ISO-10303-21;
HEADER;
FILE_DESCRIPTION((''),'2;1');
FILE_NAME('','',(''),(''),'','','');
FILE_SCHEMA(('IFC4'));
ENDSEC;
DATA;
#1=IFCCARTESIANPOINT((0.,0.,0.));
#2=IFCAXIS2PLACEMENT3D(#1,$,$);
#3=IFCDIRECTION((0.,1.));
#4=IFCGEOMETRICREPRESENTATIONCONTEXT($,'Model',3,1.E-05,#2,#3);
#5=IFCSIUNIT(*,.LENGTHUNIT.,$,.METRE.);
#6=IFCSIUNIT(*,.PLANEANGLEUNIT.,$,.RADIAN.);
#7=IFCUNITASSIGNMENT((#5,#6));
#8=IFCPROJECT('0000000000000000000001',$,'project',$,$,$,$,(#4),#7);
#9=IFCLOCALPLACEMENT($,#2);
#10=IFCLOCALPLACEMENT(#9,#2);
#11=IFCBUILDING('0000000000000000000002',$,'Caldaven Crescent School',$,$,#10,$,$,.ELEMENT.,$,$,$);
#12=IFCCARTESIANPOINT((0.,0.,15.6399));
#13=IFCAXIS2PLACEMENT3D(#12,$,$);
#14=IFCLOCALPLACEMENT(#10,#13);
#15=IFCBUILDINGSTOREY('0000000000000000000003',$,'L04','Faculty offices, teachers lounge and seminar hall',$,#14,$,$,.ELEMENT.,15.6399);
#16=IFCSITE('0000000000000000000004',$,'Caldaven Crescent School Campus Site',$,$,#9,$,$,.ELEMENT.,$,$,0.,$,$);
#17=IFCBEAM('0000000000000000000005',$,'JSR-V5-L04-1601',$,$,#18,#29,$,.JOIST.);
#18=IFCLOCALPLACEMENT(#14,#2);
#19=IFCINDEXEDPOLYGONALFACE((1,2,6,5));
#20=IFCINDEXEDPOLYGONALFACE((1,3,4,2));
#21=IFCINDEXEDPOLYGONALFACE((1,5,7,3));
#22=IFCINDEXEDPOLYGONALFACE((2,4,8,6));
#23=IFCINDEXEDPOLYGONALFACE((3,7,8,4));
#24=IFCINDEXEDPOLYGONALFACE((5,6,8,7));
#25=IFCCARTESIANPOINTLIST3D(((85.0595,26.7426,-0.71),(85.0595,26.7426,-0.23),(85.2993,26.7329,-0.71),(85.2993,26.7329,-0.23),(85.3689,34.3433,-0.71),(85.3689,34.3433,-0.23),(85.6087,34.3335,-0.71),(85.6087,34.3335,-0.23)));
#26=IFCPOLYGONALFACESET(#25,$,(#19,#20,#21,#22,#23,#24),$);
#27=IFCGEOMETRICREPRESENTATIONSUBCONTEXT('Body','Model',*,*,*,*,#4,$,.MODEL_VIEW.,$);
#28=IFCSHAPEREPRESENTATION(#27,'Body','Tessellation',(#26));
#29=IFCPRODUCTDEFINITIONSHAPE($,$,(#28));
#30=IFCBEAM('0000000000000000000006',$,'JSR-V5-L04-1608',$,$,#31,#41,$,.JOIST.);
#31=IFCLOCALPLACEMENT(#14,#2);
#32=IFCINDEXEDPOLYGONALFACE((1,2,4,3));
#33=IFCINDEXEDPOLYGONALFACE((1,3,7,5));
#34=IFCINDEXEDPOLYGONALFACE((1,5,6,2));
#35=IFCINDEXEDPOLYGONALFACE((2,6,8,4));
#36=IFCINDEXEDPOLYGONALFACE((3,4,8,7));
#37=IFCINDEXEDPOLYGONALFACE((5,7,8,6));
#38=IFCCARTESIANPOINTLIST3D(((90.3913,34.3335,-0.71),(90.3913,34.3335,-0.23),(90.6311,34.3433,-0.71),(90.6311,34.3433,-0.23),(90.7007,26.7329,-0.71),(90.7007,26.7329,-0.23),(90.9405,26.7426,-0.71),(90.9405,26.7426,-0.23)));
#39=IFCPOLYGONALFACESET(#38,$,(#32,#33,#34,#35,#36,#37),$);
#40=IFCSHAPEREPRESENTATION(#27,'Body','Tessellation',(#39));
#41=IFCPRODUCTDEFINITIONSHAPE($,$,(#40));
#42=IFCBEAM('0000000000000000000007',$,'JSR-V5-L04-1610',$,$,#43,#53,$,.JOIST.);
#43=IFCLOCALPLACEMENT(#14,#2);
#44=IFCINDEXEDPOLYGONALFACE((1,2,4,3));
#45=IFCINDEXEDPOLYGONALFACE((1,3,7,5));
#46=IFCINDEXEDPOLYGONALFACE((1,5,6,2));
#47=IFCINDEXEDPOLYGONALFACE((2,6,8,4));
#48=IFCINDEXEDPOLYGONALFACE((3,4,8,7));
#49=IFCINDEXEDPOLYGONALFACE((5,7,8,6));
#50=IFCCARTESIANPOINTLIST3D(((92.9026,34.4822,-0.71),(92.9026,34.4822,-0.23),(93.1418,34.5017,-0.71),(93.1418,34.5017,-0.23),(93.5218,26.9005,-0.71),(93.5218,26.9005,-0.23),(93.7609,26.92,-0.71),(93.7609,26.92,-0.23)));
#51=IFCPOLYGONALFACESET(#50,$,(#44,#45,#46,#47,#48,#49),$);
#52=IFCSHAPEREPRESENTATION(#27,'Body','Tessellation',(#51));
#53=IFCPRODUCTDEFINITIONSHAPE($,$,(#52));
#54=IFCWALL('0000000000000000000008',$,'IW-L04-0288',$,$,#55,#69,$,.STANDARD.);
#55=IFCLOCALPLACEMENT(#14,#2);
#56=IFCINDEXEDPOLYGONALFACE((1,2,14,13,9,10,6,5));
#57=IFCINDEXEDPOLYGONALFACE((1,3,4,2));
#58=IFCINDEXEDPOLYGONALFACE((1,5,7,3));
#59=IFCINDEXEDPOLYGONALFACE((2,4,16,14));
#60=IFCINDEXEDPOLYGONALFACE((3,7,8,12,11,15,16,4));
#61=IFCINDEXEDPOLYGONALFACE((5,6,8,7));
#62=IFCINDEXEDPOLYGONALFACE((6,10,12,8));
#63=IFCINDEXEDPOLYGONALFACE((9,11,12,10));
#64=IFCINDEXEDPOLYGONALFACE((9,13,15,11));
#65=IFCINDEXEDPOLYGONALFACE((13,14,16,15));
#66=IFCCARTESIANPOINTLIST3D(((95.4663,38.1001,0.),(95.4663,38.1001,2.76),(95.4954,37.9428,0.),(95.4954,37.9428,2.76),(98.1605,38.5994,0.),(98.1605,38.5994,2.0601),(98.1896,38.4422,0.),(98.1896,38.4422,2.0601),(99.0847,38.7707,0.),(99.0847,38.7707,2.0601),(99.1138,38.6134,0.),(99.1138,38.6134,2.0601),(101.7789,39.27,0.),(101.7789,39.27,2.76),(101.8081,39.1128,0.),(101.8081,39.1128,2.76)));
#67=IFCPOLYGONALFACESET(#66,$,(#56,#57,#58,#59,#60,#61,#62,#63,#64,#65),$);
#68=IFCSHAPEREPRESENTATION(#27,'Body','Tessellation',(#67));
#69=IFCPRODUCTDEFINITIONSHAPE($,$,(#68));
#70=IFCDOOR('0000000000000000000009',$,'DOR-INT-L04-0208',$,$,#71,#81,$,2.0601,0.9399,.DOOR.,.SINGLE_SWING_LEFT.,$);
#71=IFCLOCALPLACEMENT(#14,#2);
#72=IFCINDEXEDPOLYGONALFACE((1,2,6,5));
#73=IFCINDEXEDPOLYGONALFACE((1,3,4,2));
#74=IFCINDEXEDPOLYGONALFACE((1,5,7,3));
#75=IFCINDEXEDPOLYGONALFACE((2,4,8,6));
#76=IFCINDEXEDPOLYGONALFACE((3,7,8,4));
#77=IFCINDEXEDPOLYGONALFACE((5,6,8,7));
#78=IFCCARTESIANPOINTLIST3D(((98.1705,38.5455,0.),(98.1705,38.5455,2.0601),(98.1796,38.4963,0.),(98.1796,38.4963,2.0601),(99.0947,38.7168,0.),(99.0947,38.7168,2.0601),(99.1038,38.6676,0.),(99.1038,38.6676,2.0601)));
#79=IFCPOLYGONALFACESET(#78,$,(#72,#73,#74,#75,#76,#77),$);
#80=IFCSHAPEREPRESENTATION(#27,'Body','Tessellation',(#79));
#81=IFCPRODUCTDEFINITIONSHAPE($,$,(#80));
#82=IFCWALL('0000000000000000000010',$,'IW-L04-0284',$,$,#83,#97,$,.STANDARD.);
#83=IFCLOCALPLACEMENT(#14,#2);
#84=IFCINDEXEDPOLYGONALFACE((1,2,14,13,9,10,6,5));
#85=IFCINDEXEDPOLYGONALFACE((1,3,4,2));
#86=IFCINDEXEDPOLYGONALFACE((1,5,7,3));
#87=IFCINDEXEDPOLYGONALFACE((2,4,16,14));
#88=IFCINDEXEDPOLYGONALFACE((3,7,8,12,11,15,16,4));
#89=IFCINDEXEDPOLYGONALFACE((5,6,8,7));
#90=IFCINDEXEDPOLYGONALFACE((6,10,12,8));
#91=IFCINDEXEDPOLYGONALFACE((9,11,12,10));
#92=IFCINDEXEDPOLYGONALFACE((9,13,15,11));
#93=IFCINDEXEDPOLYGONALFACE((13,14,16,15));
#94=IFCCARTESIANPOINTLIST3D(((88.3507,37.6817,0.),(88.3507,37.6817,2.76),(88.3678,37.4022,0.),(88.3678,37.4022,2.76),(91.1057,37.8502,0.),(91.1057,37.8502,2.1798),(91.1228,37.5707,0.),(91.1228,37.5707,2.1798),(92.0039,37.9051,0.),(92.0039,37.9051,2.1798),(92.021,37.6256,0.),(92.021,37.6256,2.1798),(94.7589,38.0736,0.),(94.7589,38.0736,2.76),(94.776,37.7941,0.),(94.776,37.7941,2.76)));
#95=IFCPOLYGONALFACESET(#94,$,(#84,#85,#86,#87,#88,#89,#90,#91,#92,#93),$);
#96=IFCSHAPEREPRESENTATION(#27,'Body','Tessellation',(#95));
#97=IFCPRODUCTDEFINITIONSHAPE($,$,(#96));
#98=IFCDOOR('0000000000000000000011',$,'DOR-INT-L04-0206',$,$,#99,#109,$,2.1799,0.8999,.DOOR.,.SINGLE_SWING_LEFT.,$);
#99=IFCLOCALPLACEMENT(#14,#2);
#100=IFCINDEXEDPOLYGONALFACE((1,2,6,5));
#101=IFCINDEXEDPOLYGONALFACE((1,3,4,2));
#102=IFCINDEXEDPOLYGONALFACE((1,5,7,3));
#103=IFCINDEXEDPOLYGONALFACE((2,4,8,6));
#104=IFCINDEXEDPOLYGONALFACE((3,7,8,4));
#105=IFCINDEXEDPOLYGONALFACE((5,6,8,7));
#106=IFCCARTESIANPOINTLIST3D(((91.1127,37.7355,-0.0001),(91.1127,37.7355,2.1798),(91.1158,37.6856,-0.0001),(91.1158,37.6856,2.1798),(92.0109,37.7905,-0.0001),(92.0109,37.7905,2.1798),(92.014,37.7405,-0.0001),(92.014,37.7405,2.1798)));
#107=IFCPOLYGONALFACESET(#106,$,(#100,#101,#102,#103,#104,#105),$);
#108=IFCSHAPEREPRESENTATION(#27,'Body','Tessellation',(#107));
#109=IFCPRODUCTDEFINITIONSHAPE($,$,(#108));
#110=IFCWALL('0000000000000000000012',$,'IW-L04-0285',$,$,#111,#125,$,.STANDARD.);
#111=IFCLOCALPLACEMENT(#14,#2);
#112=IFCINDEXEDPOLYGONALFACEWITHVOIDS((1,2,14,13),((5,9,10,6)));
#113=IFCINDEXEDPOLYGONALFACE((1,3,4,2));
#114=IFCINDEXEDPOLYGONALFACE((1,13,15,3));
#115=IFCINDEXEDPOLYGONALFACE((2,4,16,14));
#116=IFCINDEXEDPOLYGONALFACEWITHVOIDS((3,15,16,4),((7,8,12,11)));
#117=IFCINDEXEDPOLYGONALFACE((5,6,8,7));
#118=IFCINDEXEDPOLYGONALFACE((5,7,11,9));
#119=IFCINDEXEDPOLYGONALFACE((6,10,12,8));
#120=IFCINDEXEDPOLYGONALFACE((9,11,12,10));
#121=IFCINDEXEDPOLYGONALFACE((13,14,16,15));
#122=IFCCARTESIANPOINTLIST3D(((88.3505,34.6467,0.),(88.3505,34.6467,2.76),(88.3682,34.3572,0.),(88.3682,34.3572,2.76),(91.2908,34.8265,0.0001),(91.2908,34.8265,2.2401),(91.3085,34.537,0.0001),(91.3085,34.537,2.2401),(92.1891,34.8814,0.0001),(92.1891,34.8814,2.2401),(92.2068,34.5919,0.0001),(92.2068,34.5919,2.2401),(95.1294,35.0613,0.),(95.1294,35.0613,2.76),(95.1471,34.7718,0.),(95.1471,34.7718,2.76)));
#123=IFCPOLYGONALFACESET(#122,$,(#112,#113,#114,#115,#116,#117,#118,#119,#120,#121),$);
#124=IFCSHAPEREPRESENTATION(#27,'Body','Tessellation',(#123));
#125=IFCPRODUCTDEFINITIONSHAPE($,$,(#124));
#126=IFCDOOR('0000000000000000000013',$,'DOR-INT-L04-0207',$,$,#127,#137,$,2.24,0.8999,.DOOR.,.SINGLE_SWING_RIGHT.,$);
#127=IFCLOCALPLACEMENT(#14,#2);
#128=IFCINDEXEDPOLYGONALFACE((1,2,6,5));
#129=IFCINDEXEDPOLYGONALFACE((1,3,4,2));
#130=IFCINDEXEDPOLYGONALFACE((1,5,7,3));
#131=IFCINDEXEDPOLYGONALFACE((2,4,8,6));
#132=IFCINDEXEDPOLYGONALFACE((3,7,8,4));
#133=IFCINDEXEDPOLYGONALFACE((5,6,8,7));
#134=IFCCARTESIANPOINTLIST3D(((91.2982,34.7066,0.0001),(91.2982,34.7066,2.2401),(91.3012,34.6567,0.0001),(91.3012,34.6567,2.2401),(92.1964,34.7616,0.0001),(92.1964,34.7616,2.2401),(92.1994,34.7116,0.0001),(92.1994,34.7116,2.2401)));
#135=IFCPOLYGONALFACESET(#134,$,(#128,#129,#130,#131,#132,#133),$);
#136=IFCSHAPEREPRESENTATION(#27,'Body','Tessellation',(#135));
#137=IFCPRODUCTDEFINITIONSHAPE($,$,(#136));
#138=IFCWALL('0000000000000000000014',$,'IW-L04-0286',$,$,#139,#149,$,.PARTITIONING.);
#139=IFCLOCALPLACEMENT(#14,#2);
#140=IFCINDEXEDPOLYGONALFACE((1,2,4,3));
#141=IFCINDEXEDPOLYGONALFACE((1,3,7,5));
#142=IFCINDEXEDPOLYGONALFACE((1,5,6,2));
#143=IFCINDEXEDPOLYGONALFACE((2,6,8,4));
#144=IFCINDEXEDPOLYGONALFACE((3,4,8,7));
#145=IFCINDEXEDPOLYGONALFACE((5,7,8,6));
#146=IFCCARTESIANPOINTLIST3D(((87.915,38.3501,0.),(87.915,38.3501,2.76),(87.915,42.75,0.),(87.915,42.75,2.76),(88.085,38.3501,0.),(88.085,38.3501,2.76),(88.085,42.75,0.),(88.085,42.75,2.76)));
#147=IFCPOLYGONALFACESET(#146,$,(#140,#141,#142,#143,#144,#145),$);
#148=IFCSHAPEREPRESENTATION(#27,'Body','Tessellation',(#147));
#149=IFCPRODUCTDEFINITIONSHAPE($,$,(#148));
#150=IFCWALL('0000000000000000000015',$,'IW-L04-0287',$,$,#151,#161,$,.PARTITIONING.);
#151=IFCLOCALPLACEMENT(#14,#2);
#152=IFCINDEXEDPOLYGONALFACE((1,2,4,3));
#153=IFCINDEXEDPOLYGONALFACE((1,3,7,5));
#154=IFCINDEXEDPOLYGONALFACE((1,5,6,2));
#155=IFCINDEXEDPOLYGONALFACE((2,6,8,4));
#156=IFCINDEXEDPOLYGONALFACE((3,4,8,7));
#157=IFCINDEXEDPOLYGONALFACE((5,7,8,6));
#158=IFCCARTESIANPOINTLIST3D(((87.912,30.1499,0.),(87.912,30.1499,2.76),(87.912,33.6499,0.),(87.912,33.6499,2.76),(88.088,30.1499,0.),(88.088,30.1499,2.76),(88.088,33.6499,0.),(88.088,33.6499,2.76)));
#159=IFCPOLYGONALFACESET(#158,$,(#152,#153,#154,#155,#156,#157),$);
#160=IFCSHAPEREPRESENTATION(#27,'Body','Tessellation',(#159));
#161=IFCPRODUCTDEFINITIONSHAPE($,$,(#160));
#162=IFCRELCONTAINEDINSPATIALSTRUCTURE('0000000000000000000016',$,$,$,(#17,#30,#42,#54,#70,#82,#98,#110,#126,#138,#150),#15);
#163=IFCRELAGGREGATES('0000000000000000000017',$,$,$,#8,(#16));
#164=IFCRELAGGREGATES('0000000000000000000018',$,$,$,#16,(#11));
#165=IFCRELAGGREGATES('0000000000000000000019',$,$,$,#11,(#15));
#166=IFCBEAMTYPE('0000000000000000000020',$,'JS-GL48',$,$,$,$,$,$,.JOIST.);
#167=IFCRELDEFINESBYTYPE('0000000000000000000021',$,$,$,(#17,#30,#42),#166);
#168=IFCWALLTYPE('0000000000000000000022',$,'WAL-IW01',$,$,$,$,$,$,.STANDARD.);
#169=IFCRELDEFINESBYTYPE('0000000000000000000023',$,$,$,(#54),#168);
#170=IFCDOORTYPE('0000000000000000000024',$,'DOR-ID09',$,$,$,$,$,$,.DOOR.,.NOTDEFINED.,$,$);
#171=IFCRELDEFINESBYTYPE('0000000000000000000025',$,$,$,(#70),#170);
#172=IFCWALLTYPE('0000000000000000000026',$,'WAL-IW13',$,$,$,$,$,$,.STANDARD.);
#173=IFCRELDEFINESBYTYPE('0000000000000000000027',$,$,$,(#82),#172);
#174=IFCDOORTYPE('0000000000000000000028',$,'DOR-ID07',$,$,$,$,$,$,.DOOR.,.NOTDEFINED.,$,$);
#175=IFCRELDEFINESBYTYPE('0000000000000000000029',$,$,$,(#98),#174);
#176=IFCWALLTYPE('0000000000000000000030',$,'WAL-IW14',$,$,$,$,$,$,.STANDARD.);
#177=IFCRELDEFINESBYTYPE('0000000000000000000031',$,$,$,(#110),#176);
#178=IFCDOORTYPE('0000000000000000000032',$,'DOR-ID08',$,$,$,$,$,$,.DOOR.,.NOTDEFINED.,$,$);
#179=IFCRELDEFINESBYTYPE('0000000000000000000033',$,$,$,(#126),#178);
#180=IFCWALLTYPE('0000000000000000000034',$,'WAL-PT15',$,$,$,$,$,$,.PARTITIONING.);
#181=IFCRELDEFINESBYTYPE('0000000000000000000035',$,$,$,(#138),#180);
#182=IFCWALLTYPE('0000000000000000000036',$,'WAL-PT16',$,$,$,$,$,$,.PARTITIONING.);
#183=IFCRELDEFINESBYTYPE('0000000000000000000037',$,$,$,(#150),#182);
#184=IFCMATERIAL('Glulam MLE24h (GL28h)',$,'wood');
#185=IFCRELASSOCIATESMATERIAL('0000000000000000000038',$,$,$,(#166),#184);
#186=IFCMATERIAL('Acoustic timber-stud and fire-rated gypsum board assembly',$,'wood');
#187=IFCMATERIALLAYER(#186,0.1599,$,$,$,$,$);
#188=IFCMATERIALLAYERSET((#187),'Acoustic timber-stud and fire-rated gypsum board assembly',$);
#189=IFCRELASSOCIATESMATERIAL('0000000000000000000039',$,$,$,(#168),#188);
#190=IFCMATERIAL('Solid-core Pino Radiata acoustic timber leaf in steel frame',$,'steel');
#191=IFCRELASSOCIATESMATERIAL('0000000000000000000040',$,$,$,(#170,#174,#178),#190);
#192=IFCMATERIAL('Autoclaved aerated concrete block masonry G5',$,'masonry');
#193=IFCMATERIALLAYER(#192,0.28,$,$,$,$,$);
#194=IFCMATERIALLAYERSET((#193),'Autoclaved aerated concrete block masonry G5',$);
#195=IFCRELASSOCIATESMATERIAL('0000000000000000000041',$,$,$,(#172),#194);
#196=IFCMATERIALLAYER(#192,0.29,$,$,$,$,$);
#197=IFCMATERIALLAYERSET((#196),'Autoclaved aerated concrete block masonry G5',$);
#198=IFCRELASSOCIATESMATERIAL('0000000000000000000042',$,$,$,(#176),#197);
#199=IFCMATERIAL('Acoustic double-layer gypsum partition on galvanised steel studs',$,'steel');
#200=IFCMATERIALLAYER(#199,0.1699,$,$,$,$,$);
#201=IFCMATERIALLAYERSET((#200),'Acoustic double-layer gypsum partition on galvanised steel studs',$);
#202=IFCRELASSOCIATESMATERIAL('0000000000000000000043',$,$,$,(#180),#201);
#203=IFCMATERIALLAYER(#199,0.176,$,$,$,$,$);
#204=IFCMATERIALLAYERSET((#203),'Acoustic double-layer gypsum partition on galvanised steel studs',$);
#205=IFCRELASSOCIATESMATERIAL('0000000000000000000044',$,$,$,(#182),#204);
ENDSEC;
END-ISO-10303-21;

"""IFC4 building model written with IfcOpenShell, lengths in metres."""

from ifc_helpers import new_model, si_unit, direction, frame, frame_2d, origin, origin_2d, place, context, subcontext, project, spatial, rectangle, extrude, material, layer, layer_set, material_profile, profile_set, type_object, element, fill, save


model = new_model("IFC4")

# Units and contexts
model_context = context("Model", 3, precision=1e-05, world=origin(), true_north=direction((0.0, 1.0)))
body_context = subcontext(model_context, "Body", "Model", "MODEL_VIEW")
ifc_project = project(units=[si_unit("LENGTHUNIT", "METRE"), si_unit("PLANEANGLEUNIT", "RADIAN")], contexts=[model_context])

# Site, building, storey
site_placement = place(None, origin())
site = spatial("IfcSite", under=ifc_project, at=site_placement, Name="Caldaven Crescent School Campus Site", CompositionType="ELEMENT", RefElevation=0.0)
building_placement = place(site_placement, origin())
building = spatial("IfcBuilding", under=site, at=building_placement, Name="Caldaven Crescent School", CompositionType="ELEMENT")
storey_placement = place(building_placement, frame((0.0, 0.0, 15.6399)))
storey = spatial("IfcBuildingStorey", under=building, at=storey_placement, Name="L04", Description="Faculty offices, teachers lounge and seminar hall", CompositionType="ELEMENT", Elevation=15.6399)

# Shared definitions
ifc_material_1 = material(Name="Glulam MLE24h (GL28h)", Category="wood")

# Beams
ifc_material_profile_1 = material_profile(ifc_material_1, rectangle(XDim=0.24, YDim=0.48, at=origin_2d()), Name="MLE 240x480")
ifc_profile_set_1 = profile_set([ifc_material_profile_1], Name="Glulam MLE24h (GL28h)")
beam_type_1 = type_object("IfcBeamType", Name="JS-GL48", PredefinedType="JOIST", material=ifc_profile_set_1)
for number, where, z_axis, x_axis, name in (
    (1, (85.4888, 34.3384, -0.47), (-0.040664, -0.999173, 0.0), (0.999173, -0.040664, 0.0), "JSR-V5-L04-1601"),
    (2, (90.5112, 34.3384, -0.47), (0.040664, -0.999173, 0.0), (0.999173, 0.040664, 0.0), "JSR-V5-L04-1608"),
    (3, (93.0222, 34.4919, -0.47), (0.081391, -0.996682, 0.0), (0.996682, 0.081391, 0.0), "JSR-V5-L04-1610"),
):
    element("IfcBeam", number, at=place(storey_placement, frame(where, z_axis=z_axis, x_axis=x_axis)), inside=storey, type_object=beam_type_1, Name=name, PredefinedType="JOIST", context=body_context, shape_type="SweptSolid", body=[
        extrude(rectangle(XDim=0.24, YDim=0.48, at=origin_2d()), origin(), (0.0, 0.0, 1.0), 7.6069),
    ])

# Walls, openings, doors
ifc_material_2 = material(Name="Acoustic timber-stud and fire-rated gypsum board assembly", Category="wood")
ifc_layer_1 = layer(ifc_material_2, 0.1599)
ifc_layer_set_1 = layer_set([ifc_layer_1], Name="Acoustic timber-stud and fire-rated gypsum board assembly")
wall_type_1 = type_object("IfcWallType", Name="WAL-IW01", PredefinedType="STANDARD", material=ifc_layer_set_1)
wall_1_placement = place(storey_placement, frame((95.481, 38.0215, 0.0), z_axis=(0.0, 0.0, 1.0), x_axis=(0.983257, 0.182224, 0.0)))
wall_1 = element("IfcWall", 4, at=wall_1_placement, inside=storey, type_object=wall_type_1, Name="IW-L04-0288", PredefinedType="STANDARD", context=body_context, shape_type="SweptSolid", body=[
    extrude(rectangle(XDim=6.4202, YDim=0.1599, at=frame_2d((3.21, 0.0))), origin(), (0.0, 0.0, 1.0), 2.76),
])
opening_1_placement = place(wall_1_placement, frame((2.74, 0.0, 0.0)))
opening_1 = element("IfcOpeningElement", 5, at=opening_1_placement, cuts=wall_1, PredefinedType="OPENING", context=body_context, shape_type="SweptSolid", body=[
    extrude(rectangle(XDim=0.9399, YDim=2.0601, at=frame_2d((0.47, 1.03))), frame((0.0, 0.0898, 0.0), z_axis=(0.0, -1.0, 0.0), x_axis=(1.0, 0.0, 0.0)), (0.0, 0.0, 1.0), 0.1799),
])
ifc_material_3 = material(Name="Solid-core Pino Radiata acoustic timber leaf in steel frame", Category="steel")
door_type_1 = type_object("IfcDoorType", Name="DOR-ID09", OperationType="NOTDEFINED", PredefinedType="DOOR", material=ifc_material_3)
door_1_placement = place(opening_1_placement, frame((0.9399, 0.0, 0.0), z_axis=(0.0, 0.0, 1.0), x_axis=(-1.0, 0.0, 0.0)))
door_1 = element("IfcDoor", 6, at=door_1_placement, inside=storey, type_object=door_type_1, Name="DOR-INT-L04-0208", OperationType="SINGLE_SWING_LEFT", OverallHeight=2.0601, OverallWidth=0.9399, PredefinedType="DOOR", context=body_context, shape_type="SweptSolid", body=[
    extrude(rectangle(XDim=0.9399, YDim=2.0601, at=frame_2d((0.47, 1.03))), frame((0.0, 0.0249, 0.0), z_axis=(0.0, -1.0, 0.0), x_axis=(1.0, 0.0, 0.0)), (0.0, 0.0, 1.0), 0.05),
])
fill(opening_1, door_1)
ifc_material_4 = material(Name="Autoclaved aerated concrete block masonry G5", Category="masonry")
ifc_layer_2 = layer(ifc_material_4, 0.28)
ifc_layer_set_2 = layer_set([ifc_layer_2], Name="Autoclaved aerated concrete block masonry G5")
wall_type_2 = type_object("IfcWallType", Name="WAL-IW13", PredefinedType="STANDARD", material=ifc_layer_set_2)
wall_2_placement = place(storey_placement, frame((88.3594, 37.542, 0.0), z_axis=(0.0, 0.0, 1.0), x_axis=(0.998136, 0.061034, 0.0)))
wall_2 = element("IfcWall", 7, at=wall_2_placement, inside=storey, type_object=wall_type_2, Name="IW-L04-0284", PredefinedType="STANDARD", context=body_context, shape_type="SweptSolid", body=[
    extrude(rectangle(XDim=6.4202, YDim=0.28, at=frame_2d((3.21, 0.0))), origin(), (0.0, 0.0, 1.0), 2.76),
])
opening_2_placement = place(wall_2_placement, frame((2.76, 0.0, 0.0)))
opening_2 = element("IfcOpeningElement", 8, at=opening_2_placement, cuts=wall_2, PredefinedType="OPENING", context=body_context, shape_type="SweptSolid", body=[
    extrude(rectangle(XDim=0.8999, YDim=2.1799, at=frame_2d((0.45, 1.0898))), frame((0.0, 0.1499, 0.0), z_axis=(0.0, -1.0, 0.0), x_axis=(1.0, 0.0, 0.0)), (0.0, 0.0, 1.0), 0.3),
])
door_type_2 = type_object("IfcDoorType", Name="DOR-ID07", OperationType="NOTDEFINED", PredefinedType="DOOR", material=ifc_material_3)
door_2_placement = place(opening_2_placement, frame((0.8999, 0.0, 0.0), z_axis=(0.0, 0.0, 1.0), x_axis=(-1.0, 0.0, 0.0)))
door_2 = element("IfcDoor", 9, at=door_2_placement, inside=storey, type_object=door_type_2, Name="DOR-INT-L04-0206", OperationType="SINGLE_SWING_LEFT", OverallHeight=2.1799, OverallWidth=0.8999, PredefinedType="DOOR", context=body_context, shape_type="SweptSolid", body=[
    extrude(rectangle(XDim=0.8999, YDim=2.1799, at=frame_2d((0.45, 1.0898))), frame((0.0, 0.0249, 0.0), z_axis=(0.0, -1.0, 0.0), x_axis=(1.0, 0.0, 0.0)), (0.0, 0.0, 1.0), 0.05),
])
fill(opening_2, door_2)
ifc_layer_3 = layer(ifc_material_4, 0.29)
ifc_layer_set_3 = layer_set([ifc_layer_3], Name="Autoclaved aerated concrete block masonry G5")
wall_type_3 = type_object("IfcWallType", Name="WAL-IW14", PredefinedType="STANDARD", material=ifc_layer_set_3)
wall_3_placement = place(storey_placement, frame((88.3594, 34.502, 0.0), z_axis=(0.0, 0.0, 1.0), x_axis=(0.998135, 0.06104, 0.0)))
wall_3 = element("IfcWall", 10, at=wall_3_placement, inside=storey, type_object=wall_type_3, Name="IW-L04-0285", PredefinedType="STANDARD", context=body_context, shape_type="SweptSolid", body=[
    extrude(rectangle(XDim=6.7915, YDim=0.29, at=frame_2d((3.3958, 0.0))), origin(), (0.0, 0.0, 1.0), 2.76),
])
opening_3_placement = place(wall_3_placement, frame((2.9458, 0.0, 0.0)))
opening_3 = element("IfcOpeningElement", 11, at=opening_3_placement, cuts=wall_3, PredefinedType="OPENING", context=body_context, shape_type="SweptSolid", body=[
    extrude(rectangle(XDim=0.8999, YDim=2.24, at=frame_2d((0.45, 1.1201))), frame((0.0, 0.155, 0.0), z_axis=(0.0, -1.0, 0.0), x_axis=(1.0, 0.0, 0.0)), (0.0, 0.0, 1.0), 0.3101),
])
door_type_3 = type_object("IfcDoorType", Name="DOR-ID08", OperationType="NOTDEFINED", PredefinedType="DOOR", material=ifc_material_3)
door_3_placement = place(opening_3_placement, origin())
door_3 = element("IfcDoor", 12, at=door_3_placement, inside=storey, type_object=door_type_3, Name="DOR-INT-L04-0207", OperationType="SINGLE_SWING_RIGHT", OverallHeight=2.24, OverallWidth=0.8999, PredefinedType="DOOR", context=body_context, shape_type="SweptSolid", body=[
    extrude(rectangle(XDim=0.8999, YDim=2.24, at=frame_2d((0.45, 1.1201))), frame((0.0, 0.0249, 0.0), z_axis=(0.0, -1.0, 0.0), x_axis=(1.0, 0.0, 0.0)), (0.0, 0.0, 1.0), 0.05),
])
fill(opening_3, door_3)

# Walls
ifc_material_5 = material(Name="Acoustic double-layer gypsum partition on galvanised steel studs", Category="steel")
ifc_layer_4 = layer(ifc_material_5, 0.1699)
ifc_layer_set_4 = layer_set([ifc_layer_4], Name="Acoustic double-layer gypsum partition on galvanised steel studs")
wall_type_4 = type_object("IfcWallType", Name="WAL-PT15", PredefinedType="PARTITIONING", material=ifc_layer_set_4)
wall_4_placement = place(storey_placement, frame((88.0, 42.75, 0.0), z_axis=(0.0, 0.0, 1.0), x_axis=(0.0, -1.0, 0.0)))
element("IfcWall", 13, at=wall_4_placement, inside=storey, type_object=wall_type_4, Name="IW-L04-0286", PredefinedType="PARTITIONING", context=body_context, shape_type="SweptSolid", body=[
    extrude(rectangle(XDim=4.3999, YDim=0.1699, at=frame_2d((2.2, 0.0))), origin(), (0.0, 0.0, 1.0), 2.76),
])
ifc_layer_5 = layer(ifc_material_5, 0.176)
ifc_layer_set_5 = layer_set([ifc_layer_5], Name="Acoustic double-layer gypsum partition on galvanised steel studs")
wall_type_5 = type_object("IfcWallType", Name="WAL-PT16", PredefinedType="PARTITIONING", material=ifc_layer_set_5)
wall_5_placement = place(storey_placement, frame((88.0, 33.6499, 0.0), z_axis=(0.0, 0.0, 1.0), x_axis=(0.0, -1.0, 0.0)))
element("IfcWall", 14, at=wall_5_placement, inside=storey, type_object=wall_type_5, Name="IW-L04-0287", PredefinedType="PARTITIONING", context=body_context, shape_type="SweptSolid", body=[
    extrude(rectangle(XDim=3.5, YDim=0.176, at=frame_2d((1.75, 0.0))), origin(), (0.0, 0.0, 1.0), 2.76),
])

save(model, "model.ifc")
